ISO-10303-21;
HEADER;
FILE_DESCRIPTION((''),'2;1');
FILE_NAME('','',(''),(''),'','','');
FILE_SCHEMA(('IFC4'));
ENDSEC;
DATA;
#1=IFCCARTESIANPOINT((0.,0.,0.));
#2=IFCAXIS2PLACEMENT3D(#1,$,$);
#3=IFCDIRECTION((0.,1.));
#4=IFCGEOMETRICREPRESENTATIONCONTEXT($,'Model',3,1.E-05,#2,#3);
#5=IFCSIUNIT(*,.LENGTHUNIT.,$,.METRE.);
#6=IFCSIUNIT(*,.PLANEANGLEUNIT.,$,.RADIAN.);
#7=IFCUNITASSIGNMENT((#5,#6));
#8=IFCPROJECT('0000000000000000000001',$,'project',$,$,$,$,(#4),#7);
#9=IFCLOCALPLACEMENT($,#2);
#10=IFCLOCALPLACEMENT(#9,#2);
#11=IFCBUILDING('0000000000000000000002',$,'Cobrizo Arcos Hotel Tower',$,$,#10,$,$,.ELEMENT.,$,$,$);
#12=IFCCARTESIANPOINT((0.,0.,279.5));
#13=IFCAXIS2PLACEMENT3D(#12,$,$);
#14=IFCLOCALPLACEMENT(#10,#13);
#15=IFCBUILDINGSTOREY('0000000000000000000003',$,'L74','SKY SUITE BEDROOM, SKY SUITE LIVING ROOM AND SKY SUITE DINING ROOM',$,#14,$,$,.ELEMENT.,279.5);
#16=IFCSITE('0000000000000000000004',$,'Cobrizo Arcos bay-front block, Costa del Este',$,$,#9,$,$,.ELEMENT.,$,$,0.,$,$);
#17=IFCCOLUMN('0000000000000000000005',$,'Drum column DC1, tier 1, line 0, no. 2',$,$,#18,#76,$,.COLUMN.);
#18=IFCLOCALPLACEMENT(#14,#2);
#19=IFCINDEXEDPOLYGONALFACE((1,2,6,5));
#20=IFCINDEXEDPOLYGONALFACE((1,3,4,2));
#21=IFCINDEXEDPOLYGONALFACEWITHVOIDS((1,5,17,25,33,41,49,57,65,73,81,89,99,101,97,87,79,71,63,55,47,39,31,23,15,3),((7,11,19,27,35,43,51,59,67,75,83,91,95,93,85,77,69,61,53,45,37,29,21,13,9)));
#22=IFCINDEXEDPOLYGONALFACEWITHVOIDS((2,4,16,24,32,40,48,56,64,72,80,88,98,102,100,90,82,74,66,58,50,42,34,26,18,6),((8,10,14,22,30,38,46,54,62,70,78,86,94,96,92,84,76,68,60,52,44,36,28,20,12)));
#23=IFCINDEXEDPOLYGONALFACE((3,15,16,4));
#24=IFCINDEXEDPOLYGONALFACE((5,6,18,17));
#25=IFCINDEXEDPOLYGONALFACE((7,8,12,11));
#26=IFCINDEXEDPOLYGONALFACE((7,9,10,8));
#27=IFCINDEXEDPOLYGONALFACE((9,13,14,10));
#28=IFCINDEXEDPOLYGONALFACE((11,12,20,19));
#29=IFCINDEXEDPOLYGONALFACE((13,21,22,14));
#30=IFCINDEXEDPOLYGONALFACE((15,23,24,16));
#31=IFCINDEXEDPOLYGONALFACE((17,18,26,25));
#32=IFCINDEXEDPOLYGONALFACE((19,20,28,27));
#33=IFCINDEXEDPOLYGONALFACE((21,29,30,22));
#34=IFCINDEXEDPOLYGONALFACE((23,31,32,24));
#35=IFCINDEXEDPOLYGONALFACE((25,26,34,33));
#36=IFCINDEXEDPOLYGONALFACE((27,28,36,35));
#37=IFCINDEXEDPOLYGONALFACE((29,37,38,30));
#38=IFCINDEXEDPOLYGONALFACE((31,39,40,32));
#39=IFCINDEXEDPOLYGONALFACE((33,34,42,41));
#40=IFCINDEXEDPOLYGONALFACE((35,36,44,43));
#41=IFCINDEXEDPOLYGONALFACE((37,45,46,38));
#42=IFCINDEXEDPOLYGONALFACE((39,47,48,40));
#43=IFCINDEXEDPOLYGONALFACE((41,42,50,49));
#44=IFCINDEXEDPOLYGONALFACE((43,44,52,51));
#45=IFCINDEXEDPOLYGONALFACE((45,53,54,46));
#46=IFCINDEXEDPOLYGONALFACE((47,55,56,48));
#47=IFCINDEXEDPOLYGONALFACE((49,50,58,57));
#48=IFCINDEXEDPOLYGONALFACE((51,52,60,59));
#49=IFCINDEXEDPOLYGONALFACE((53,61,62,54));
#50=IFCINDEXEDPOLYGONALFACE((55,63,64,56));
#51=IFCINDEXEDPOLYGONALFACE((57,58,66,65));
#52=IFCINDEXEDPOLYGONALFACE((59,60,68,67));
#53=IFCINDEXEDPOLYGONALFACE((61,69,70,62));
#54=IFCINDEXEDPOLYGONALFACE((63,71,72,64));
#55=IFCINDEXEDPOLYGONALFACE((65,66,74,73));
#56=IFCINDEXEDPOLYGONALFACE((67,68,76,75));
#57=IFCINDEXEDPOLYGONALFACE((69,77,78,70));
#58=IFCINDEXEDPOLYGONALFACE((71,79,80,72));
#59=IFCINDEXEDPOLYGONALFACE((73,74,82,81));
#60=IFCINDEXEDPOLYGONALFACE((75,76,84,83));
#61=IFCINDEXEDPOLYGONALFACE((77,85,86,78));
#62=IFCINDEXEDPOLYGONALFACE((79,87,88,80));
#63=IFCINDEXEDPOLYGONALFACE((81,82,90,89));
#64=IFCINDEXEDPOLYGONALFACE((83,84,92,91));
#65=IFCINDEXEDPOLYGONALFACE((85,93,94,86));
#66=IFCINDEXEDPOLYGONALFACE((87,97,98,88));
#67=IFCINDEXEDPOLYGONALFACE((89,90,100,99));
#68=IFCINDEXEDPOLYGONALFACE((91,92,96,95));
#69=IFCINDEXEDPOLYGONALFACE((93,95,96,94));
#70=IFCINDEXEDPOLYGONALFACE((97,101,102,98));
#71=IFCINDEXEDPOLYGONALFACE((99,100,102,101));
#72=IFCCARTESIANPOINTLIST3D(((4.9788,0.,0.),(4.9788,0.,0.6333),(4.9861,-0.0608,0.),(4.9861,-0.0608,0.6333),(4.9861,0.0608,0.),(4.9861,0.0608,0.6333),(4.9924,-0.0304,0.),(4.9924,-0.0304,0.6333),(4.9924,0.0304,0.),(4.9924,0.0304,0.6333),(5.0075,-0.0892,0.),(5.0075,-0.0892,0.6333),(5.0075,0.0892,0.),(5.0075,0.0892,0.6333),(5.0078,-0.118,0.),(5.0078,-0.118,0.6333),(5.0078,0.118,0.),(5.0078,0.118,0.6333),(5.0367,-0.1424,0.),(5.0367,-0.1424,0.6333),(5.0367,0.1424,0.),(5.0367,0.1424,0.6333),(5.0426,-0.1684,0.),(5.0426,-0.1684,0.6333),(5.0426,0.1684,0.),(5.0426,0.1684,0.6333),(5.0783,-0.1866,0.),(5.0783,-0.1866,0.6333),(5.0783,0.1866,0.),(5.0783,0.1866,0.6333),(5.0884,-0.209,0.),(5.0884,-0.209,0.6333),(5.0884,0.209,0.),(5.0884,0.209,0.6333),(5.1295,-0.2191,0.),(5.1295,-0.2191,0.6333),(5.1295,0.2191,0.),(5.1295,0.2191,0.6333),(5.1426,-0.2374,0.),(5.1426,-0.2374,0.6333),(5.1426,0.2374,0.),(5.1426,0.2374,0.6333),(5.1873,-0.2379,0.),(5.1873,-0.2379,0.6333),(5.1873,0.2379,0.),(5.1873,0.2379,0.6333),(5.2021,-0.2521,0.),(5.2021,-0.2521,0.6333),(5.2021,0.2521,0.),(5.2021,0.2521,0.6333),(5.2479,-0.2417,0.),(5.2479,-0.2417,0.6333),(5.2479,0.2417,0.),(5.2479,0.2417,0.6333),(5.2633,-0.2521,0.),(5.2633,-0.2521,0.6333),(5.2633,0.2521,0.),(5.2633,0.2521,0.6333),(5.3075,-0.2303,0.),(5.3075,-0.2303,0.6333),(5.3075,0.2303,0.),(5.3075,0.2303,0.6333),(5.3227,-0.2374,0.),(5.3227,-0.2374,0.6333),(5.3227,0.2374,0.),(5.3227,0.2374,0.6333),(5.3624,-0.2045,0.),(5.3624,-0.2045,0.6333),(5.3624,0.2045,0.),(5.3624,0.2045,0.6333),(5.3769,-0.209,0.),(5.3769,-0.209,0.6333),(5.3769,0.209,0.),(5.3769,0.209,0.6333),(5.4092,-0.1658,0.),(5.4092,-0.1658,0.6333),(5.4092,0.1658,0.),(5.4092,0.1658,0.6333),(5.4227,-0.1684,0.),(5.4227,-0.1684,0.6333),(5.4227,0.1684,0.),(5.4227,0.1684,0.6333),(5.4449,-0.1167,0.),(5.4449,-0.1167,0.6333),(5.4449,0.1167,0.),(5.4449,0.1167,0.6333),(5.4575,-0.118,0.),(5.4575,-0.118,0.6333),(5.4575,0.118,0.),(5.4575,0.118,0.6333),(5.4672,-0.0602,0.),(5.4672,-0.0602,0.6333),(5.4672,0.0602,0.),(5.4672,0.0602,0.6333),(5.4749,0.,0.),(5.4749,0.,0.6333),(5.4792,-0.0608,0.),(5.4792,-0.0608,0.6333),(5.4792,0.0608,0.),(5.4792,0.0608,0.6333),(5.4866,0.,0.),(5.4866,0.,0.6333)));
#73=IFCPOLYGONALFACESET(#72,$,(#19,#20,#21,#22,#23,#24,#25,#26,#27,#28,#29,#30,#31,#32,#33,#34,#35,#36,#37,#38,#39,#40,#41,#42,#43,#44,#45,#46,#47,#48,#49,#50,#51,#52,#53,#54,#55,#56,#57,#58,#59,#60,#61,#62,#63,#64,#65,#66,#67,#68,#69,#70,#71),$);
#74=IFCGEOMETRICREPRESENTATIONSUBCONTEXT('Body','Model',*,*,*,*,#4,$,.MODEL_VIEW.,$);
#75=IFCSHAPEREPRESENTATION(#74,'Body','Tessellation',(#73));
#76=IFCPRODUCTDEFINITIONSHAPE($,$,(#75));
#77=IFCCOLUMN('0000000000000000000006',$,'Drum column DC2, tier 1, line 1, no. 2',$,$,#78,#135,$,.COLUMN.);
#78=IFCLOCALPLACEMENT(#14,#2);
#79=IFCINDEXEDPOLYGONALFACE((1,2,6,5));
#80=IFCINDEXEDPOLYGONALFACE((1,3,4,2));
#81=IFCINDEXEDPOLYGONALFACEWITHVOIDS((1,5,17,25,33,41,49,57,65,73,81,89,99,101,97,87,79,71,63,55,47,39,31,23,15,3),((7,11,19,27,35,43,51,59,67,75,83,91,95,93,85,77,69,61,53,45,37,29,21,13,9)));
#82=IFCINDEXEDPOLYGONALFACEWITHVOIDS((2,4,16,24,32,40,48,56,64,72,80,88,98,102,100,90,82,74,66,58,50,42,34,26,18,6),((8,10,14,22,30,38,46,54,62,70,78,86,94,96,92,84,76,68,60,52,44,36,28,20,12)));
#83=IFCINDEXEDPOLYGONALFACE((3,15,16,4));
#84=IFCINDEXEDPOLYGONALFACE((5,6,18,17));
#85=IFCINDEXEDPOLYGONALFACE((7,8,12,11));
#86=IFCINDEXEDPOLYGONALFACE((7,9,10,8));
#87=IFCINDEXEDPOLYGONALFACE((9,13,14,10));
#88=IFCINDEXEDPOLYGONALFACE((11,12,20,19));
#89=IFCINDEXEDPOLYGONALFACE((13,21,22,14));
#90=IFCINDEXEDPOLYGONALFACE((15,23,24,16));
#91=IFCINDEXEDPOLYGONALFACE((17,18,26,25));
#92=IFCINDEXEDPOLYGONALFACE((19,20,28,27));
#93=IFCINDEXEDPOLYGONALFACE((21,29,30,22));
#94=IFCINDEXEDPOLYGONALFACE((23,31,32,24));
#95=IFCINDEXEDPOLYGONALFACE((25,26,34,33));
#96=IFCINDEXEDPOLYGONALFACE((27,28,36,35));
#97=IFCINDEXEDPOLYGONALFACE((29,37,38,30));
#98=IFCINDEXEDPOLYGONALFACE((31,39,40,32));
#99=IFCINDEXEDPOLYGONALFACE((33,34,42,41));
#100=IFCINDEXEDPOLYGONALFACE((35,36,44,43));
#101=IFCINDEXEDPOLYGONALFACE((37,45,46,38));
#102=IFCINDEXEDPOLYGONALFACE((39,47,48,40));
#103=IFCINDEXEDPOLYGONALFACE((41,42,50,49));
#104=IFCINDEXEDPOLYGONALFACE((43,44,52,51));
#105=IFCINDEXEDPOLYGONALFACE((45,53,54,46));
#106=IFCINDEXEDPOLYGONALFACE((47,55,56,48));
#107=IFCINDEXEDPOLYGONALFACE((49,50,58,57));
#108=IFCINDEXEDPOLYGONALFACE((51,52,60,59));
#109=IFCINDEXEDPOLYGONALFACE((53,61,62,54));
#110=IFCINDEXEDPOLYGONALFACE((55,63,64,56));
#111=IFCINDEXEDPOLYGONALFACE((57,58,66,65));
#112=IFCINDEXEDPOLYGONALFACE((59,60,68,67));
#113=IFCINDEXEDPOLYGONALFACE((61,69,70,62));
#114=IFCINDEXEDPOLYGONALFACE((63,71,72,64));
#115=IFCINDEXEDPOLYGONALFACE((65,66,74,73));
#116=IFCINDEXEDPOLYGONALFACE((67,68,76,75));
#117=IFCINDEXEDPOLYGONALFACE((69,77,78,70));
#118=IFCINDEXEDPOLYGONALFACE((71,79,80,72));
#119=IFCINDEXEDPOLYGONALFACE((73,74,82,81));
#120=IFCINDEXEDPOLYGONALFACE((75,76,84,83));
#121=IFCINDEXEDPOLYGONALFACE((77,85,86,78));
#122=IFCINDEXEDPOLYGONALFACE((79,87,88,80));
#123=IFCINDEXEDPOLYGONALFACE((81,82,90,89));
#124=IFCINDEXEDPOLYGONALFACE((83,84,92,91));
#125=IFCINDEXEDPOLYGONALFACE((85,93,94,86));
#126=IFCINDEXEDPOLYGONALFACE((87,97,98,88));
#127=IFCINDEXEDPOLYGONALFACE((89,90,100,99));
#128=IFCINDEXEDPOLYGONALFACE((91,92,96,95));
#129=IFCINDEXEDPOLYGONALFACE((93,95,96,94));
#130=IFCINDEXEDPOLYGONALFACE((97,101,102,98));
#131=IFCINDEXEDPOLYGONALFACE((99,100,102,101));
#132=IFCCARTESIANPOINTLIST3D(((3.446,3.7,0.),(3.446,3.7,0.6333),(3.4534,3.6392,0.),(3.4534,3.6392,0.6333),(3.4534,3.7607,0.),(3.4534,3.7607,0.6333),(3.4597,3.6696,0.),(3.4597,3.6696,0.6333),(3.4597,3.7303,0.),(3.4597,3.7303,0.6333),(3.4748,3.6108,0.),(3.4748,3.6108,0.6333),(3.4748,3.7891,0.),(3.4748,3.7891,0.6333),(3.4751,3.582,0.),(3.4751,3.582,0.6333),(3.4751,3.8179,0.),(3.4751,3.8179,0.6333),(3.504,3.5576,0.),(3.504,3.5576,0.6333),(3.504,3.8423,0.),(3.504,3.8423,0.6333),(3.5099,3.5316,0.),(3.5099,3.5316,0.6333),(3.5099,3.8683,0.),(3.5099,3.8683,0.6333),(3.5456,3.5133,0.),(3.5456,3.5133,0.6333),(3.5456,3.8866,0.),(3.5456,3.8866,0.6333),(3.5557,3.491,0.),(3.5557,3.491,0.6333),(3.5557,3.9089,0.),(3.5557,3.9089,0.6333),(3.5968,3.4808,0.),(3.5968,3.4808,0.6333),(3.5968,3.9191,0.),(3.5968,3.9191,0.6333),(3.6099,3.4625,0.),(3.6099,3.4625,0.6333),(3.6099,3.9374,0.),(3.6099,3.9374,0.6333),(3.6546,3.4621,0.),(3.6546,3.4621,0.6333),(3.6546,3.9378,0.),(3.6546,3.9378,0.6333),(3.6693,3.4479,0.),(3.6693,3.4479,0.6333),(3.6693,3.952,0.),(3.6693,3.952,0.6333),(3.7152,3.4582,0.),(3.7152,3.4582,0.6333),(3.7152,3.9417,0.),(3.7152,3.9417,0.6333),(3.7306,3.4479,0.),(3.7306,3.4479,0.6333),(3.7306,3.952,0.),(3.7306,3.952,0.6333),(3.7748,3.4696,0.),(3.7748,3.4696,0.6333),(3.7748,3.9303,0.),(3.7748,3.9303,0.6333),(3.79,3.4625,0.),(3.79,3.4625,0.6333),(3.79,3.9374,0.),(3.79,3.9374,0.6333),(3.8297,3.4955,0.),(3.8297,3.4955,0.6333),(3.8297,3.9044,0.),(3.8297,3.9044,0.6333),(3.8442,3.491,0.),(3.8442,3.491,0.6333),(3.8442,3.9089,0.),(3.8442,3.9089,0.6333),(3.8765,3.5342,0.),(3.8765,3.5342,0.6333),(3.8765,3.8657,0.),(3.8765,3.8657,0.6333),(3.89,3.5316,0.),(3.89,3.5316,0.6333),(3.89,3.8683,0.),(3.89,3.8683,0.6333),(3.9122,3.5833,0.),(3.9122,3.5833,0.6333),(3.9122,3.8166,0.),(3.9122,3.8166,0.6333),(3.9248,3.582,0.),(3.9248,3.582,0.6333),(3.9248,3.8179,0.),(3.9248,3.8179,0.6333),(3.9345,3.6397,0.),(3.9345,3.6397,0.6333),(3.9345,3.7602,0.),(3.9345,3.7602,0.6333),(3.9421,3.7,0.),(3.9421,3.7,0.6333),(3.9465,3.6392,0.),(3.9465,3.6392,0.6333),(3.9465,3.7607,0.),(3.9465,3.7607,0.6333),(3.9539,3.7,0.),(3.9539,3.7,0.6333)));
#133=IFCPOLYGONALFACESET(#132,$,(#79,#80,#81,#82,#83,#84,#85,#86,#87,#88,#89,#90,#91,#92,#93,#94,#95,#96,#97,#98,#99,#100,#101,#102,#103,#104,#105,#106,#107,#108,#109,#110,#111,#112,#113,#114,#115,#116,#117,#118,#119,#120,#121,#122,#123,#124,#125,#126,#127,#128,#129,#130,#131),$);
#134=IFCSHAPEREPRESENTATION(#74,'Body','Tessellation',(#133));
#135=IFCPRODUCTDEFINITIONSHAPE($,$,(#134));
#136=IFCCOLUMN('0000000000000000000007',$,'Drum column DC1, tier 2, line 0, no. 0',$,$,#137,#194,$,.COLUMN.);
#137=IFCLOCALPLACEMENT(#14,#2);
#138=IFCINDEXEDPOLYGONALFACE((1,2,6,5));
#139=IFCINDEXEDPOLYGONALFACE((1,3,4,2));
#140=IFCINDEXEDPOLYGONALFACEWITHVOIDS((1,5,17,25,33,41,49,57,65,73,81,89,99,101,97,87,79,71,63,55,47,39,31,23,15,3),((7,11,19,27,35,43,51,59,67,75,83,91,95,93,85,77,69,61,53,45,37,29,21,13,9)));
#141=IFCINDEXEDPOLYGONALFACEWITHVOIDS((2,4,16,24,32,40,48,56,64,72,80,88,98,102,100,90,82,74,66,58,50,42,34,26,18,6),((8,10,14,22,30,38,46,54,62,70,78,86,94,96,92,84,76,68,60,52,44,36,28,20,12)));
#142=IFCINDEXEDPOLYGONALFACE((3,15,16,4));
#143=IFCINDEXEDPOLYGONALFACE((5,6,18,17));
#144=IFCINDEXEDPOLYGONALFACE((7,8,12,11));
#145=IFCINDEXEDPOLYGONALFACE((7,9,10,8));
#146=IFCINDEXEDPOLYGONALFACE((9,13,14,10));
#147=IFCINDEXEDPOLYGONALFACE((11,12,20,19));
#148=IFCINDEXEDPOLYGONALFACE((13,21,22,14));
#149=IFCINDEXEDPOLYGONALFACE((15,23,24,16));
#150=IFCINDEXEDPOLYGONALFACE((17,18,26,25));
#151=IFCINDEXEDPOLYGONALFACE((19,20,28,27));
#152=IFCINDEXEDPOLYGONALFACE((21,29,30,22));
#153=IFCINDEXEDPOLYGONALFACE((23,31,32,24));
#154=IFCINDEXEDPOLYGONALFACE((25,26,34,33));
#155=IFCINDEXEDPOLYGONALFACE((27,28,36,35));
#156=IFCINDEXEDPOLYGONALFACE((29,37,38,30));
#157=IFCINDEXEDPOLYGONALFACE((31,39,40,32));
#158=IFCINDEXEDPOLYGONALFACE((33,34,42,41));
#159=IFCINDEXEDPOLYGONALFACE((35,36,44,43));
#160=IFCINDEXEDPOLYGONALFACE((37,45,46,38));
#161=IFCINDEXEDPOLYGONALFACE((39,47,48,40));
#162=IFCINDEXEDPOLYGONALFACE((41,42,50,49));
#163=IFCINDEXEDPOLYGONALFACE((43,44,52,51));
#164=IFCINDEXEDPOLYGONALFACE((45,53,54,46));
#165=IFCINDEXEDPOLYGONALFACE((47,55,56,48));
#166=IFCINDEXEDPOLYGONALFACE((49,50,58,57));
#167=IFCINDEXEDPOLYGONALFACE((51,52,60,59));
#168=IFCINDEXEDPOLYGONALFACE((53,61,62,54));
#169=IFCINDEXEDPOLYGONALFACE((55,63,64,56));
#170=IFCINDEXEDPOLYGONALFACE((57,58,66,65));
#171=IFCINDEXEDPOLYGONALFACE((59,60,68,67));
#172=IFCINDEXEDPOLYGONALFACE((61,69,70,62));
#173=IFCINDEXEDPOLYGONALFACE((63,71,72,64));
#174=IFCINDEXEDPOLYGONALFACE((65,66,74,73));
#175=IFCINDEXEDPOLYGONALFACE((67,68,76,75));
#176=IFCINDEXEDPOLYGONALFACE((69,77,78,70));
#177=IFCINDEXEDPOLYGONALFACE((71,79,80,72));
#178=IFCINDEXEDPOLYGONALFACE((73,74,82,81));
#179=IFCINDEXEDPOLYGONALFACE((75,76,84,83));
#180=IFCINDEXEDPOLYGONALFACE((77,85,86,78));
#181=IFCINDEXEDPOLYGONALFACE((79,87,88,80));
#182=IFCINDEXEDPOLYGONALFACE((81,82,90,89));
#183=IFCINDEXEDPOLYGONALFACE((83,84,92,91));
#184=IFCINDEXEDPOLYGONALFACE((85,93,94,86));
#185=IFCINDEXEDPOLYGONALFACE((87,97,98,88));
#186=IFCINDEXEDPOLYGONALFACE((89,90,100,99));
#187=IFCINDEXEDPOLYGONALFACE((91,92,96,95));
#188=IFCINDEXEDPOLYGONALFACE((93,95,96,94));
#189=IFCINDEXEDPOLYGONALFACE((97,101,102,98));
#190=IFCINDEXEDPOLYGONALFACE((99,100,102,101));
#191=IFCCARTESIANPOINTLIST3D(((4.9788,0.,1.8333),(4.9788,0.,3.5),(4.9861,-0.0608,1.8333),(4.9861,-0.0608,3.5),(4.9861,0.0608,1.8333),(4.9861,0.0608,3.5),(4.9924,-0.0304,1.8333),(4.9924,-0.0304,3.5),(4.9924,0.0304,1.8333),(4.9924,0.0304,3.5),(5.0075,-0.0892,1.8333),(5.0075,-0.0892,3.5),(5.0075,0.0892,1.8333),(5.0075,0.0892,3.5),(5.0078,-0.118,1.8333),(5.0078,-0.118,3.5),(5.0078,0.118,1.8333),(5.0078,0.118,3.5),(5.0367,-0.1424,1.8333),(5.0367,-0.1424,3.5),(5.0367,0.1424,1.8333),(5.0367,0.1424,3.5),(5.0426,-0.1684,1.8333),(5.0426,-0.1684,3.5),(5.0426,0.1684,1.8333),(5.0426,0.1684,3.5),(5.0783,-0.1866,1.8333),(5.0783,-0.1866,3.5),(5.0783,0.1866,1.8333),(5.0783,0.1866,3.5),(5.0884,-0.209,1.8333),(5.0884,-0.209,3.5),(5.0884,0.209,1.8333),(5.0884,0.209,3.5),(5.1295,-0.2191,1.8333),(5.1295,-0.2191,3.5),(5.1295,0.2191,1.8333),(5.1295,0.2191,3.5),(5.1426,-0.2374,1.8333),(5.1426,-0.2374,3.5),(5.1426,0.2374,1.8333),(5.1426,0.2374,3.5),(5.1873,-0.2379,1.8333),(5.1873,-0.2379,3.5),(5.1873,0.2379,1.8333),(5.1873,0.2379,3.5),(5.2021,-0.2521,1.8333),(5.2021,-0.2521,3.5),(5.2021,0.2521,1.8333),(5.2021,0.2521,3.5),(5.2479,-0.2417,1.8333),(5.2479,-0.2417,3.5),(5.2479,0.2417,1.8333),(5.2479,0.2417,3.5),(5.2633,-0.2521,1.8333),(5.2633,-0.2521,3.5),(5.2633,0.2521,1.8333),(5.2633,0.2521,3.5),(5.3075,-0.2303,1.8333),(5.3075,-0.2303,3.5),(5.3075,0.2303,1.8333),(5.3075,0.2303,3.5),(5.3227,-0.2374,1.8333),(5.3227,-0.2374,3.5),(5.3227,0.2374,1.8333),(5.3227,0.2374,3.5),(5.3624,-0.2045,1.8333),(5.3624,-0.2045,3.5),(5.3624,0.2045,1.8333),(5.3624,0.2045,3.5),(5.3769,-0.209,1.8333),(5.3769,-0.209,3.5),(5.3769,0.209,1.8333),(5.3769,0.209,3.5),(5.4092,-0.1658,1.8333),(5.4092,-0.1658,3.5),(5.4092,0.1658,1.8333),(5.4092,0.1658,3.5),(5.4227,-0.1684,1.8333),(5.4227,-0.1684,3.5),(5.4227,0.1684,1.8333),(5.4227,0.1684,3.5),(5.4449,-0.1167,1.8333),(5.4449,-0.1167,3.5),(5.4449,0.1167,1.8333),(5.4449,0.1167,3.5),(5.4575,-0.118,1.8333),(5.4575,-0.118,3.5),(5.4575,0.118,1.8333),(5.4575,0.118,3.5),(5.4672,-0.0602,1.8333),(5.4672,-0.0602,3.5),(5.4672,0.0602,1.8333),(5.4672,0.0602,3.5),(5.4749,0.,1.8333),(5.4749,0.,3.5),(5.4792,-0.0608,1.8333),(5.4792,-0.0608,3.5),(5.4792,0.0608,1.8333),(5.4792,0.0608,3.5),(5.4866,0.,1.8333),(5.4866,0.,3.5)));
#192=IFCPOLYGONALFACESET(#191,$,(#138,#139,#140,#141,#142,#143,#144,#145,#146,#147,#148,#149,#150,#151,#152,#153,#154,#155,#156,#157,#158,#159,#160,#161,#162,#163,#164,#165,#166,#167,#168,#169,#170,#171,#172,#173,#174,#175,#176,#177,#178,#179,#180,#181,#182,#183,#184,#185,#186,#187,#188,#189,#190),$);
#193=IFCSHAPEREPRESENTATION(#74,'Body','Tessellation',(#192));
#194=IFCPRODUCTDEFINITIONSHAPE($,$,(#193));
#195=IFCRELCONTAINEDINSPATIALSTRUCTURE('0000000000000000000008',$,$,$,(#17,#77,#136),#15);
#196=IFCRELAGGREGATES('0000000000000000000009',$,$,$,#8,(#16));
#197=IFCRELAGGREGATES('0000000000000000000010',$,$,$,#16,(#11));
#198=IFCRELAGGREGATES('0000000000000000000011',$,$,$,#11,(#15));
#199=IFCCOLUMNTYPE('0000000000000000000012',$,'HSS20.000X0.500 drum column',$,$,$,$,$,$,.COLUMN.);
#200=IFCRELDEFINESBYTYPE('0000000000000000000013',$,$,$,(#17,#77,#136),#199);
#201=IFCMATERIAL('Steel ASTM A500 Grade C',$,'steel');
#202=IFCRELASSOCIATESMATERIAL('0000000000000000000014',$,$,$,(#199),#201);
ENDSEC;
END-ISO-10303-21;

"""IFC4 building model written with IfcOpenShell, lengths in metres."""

from ifc_helpers import new_model, si_unit, direction, frame, origin, origin_2d, place, context, subcontext, project, spatial, hollow_circle, extrude, material, material_profile, profile_set, type_object, element, save


model = new_model("IFC4")

# Units and contexts
model_context = context("Model", 3, precision=1e-05, world=origin(), true_north=direction((0.0, 1.0)))
body_context = subcontext(model_context, "Body", "Model", "MODEL_VIEW")
ifc_project = project(units=[si_unit("LENGTHUNIT", "METRE"), si_unit("PLANEANGLEUNIT", "RADIAN")], contexts=[model_context])

# Site, building, storey
site_placement = place(None, origin())
site = spatial("IfcSite", under=ifc_project, at=site_placement, Name="Cobrizo Arcos bay-front block, Costa del Este", CompositionType="ELEMENT", RefElevation=0.0)
building_placement = place(site_placement, origin())
building = spatial("IfcBuilding", under=site, at=building_placement, Name="Cobrizo Arcos Hotel Tower", CompositionType="ELEMENT")
storey_placement = place(building_placement, frame((0.0, 0.0, 279.5)))
storey = spatial("IfcBuildingStorey", under=building, at=storey_placement, Name="L74", Description="SKY SUITE BEDROOM, SKY SUITE LIVING ROOM AND SKY SUITE DINING ROOM", CompositionType="ELEMENT", Elevation=279.5)

# Columns
ifc_material_1 = material(Name="Steel ASTM A500 Grade C", Category="steel")
ifc_material_profile_1 = material_profile(ifc_material_1, hollow_circle(Radius=0.2539, WallThickness=0.0117, at=origin_2d()), Name="HSS20.000X0.500")
ifc_profile_set_1 = profile_set([ifc_material_profile_1], Name="Steel ASTM A500 Grade C")
column_type = type_object("IfcColumnType", Name="HSS20.000X0.500 drum column", PredefinedType="COLUMN", material=ifc_profile_set_1)
for number, where, z_axis, x_axis, name in (
    (1, (5.2327, 0.0, 0.0), (0.0, 0.0, 1.0), (1.0, 0.0, 0.0), "Drum column DC1, tier 1, line 0, no. 2"),
    (2, (3.7, 3.7, 0.0), (0.0, 0.0, 1.0), (1.0, 0.0, 0.0), "Drum column DC2, tier 1, line 1, no. 2"),
):
    element("IfcColumn", number, at=place(storey_placement, frame(where, z_axis=z_axis, x_axis=x_axis)), inside=storey, type_object=column_type, Name=name, PredefinedType="COLUMN", context=body_context, shape_type="SweptSolid", body=[
        extrude(hollow_circle(Radius=0.2539, WallThickness=0.0117, at=origin_2d()), origin(), (0.0, 0.0, 1.0), 0.6333),
    ])
for number, where, z_axis, x_axis, name in (
    (3, (5.2327, 0.0, 1.8333), (0.0, 0.0, 1.0), (1.0, 0.0, 0.0), "Drum column DC1, tier 2, line 0, no. 0"),
):
    element("IfcColumn", number, at=place(storey_placement, frame(where, z_axis=z_axis, x_axis=x_axis)), inside=storey, type_object=column_type, Name=name, PredefinedType="COLUMN", context=body_context, shape_type="SweptSolid", body=[
        extrude(hollow_circle(Radius=0.2539, WallThickness=0.0117, at=origin_2d()), origin(), (0.0, 0.0, 1.0), 1.6667),
    ])

save(model, "model.ifc")
